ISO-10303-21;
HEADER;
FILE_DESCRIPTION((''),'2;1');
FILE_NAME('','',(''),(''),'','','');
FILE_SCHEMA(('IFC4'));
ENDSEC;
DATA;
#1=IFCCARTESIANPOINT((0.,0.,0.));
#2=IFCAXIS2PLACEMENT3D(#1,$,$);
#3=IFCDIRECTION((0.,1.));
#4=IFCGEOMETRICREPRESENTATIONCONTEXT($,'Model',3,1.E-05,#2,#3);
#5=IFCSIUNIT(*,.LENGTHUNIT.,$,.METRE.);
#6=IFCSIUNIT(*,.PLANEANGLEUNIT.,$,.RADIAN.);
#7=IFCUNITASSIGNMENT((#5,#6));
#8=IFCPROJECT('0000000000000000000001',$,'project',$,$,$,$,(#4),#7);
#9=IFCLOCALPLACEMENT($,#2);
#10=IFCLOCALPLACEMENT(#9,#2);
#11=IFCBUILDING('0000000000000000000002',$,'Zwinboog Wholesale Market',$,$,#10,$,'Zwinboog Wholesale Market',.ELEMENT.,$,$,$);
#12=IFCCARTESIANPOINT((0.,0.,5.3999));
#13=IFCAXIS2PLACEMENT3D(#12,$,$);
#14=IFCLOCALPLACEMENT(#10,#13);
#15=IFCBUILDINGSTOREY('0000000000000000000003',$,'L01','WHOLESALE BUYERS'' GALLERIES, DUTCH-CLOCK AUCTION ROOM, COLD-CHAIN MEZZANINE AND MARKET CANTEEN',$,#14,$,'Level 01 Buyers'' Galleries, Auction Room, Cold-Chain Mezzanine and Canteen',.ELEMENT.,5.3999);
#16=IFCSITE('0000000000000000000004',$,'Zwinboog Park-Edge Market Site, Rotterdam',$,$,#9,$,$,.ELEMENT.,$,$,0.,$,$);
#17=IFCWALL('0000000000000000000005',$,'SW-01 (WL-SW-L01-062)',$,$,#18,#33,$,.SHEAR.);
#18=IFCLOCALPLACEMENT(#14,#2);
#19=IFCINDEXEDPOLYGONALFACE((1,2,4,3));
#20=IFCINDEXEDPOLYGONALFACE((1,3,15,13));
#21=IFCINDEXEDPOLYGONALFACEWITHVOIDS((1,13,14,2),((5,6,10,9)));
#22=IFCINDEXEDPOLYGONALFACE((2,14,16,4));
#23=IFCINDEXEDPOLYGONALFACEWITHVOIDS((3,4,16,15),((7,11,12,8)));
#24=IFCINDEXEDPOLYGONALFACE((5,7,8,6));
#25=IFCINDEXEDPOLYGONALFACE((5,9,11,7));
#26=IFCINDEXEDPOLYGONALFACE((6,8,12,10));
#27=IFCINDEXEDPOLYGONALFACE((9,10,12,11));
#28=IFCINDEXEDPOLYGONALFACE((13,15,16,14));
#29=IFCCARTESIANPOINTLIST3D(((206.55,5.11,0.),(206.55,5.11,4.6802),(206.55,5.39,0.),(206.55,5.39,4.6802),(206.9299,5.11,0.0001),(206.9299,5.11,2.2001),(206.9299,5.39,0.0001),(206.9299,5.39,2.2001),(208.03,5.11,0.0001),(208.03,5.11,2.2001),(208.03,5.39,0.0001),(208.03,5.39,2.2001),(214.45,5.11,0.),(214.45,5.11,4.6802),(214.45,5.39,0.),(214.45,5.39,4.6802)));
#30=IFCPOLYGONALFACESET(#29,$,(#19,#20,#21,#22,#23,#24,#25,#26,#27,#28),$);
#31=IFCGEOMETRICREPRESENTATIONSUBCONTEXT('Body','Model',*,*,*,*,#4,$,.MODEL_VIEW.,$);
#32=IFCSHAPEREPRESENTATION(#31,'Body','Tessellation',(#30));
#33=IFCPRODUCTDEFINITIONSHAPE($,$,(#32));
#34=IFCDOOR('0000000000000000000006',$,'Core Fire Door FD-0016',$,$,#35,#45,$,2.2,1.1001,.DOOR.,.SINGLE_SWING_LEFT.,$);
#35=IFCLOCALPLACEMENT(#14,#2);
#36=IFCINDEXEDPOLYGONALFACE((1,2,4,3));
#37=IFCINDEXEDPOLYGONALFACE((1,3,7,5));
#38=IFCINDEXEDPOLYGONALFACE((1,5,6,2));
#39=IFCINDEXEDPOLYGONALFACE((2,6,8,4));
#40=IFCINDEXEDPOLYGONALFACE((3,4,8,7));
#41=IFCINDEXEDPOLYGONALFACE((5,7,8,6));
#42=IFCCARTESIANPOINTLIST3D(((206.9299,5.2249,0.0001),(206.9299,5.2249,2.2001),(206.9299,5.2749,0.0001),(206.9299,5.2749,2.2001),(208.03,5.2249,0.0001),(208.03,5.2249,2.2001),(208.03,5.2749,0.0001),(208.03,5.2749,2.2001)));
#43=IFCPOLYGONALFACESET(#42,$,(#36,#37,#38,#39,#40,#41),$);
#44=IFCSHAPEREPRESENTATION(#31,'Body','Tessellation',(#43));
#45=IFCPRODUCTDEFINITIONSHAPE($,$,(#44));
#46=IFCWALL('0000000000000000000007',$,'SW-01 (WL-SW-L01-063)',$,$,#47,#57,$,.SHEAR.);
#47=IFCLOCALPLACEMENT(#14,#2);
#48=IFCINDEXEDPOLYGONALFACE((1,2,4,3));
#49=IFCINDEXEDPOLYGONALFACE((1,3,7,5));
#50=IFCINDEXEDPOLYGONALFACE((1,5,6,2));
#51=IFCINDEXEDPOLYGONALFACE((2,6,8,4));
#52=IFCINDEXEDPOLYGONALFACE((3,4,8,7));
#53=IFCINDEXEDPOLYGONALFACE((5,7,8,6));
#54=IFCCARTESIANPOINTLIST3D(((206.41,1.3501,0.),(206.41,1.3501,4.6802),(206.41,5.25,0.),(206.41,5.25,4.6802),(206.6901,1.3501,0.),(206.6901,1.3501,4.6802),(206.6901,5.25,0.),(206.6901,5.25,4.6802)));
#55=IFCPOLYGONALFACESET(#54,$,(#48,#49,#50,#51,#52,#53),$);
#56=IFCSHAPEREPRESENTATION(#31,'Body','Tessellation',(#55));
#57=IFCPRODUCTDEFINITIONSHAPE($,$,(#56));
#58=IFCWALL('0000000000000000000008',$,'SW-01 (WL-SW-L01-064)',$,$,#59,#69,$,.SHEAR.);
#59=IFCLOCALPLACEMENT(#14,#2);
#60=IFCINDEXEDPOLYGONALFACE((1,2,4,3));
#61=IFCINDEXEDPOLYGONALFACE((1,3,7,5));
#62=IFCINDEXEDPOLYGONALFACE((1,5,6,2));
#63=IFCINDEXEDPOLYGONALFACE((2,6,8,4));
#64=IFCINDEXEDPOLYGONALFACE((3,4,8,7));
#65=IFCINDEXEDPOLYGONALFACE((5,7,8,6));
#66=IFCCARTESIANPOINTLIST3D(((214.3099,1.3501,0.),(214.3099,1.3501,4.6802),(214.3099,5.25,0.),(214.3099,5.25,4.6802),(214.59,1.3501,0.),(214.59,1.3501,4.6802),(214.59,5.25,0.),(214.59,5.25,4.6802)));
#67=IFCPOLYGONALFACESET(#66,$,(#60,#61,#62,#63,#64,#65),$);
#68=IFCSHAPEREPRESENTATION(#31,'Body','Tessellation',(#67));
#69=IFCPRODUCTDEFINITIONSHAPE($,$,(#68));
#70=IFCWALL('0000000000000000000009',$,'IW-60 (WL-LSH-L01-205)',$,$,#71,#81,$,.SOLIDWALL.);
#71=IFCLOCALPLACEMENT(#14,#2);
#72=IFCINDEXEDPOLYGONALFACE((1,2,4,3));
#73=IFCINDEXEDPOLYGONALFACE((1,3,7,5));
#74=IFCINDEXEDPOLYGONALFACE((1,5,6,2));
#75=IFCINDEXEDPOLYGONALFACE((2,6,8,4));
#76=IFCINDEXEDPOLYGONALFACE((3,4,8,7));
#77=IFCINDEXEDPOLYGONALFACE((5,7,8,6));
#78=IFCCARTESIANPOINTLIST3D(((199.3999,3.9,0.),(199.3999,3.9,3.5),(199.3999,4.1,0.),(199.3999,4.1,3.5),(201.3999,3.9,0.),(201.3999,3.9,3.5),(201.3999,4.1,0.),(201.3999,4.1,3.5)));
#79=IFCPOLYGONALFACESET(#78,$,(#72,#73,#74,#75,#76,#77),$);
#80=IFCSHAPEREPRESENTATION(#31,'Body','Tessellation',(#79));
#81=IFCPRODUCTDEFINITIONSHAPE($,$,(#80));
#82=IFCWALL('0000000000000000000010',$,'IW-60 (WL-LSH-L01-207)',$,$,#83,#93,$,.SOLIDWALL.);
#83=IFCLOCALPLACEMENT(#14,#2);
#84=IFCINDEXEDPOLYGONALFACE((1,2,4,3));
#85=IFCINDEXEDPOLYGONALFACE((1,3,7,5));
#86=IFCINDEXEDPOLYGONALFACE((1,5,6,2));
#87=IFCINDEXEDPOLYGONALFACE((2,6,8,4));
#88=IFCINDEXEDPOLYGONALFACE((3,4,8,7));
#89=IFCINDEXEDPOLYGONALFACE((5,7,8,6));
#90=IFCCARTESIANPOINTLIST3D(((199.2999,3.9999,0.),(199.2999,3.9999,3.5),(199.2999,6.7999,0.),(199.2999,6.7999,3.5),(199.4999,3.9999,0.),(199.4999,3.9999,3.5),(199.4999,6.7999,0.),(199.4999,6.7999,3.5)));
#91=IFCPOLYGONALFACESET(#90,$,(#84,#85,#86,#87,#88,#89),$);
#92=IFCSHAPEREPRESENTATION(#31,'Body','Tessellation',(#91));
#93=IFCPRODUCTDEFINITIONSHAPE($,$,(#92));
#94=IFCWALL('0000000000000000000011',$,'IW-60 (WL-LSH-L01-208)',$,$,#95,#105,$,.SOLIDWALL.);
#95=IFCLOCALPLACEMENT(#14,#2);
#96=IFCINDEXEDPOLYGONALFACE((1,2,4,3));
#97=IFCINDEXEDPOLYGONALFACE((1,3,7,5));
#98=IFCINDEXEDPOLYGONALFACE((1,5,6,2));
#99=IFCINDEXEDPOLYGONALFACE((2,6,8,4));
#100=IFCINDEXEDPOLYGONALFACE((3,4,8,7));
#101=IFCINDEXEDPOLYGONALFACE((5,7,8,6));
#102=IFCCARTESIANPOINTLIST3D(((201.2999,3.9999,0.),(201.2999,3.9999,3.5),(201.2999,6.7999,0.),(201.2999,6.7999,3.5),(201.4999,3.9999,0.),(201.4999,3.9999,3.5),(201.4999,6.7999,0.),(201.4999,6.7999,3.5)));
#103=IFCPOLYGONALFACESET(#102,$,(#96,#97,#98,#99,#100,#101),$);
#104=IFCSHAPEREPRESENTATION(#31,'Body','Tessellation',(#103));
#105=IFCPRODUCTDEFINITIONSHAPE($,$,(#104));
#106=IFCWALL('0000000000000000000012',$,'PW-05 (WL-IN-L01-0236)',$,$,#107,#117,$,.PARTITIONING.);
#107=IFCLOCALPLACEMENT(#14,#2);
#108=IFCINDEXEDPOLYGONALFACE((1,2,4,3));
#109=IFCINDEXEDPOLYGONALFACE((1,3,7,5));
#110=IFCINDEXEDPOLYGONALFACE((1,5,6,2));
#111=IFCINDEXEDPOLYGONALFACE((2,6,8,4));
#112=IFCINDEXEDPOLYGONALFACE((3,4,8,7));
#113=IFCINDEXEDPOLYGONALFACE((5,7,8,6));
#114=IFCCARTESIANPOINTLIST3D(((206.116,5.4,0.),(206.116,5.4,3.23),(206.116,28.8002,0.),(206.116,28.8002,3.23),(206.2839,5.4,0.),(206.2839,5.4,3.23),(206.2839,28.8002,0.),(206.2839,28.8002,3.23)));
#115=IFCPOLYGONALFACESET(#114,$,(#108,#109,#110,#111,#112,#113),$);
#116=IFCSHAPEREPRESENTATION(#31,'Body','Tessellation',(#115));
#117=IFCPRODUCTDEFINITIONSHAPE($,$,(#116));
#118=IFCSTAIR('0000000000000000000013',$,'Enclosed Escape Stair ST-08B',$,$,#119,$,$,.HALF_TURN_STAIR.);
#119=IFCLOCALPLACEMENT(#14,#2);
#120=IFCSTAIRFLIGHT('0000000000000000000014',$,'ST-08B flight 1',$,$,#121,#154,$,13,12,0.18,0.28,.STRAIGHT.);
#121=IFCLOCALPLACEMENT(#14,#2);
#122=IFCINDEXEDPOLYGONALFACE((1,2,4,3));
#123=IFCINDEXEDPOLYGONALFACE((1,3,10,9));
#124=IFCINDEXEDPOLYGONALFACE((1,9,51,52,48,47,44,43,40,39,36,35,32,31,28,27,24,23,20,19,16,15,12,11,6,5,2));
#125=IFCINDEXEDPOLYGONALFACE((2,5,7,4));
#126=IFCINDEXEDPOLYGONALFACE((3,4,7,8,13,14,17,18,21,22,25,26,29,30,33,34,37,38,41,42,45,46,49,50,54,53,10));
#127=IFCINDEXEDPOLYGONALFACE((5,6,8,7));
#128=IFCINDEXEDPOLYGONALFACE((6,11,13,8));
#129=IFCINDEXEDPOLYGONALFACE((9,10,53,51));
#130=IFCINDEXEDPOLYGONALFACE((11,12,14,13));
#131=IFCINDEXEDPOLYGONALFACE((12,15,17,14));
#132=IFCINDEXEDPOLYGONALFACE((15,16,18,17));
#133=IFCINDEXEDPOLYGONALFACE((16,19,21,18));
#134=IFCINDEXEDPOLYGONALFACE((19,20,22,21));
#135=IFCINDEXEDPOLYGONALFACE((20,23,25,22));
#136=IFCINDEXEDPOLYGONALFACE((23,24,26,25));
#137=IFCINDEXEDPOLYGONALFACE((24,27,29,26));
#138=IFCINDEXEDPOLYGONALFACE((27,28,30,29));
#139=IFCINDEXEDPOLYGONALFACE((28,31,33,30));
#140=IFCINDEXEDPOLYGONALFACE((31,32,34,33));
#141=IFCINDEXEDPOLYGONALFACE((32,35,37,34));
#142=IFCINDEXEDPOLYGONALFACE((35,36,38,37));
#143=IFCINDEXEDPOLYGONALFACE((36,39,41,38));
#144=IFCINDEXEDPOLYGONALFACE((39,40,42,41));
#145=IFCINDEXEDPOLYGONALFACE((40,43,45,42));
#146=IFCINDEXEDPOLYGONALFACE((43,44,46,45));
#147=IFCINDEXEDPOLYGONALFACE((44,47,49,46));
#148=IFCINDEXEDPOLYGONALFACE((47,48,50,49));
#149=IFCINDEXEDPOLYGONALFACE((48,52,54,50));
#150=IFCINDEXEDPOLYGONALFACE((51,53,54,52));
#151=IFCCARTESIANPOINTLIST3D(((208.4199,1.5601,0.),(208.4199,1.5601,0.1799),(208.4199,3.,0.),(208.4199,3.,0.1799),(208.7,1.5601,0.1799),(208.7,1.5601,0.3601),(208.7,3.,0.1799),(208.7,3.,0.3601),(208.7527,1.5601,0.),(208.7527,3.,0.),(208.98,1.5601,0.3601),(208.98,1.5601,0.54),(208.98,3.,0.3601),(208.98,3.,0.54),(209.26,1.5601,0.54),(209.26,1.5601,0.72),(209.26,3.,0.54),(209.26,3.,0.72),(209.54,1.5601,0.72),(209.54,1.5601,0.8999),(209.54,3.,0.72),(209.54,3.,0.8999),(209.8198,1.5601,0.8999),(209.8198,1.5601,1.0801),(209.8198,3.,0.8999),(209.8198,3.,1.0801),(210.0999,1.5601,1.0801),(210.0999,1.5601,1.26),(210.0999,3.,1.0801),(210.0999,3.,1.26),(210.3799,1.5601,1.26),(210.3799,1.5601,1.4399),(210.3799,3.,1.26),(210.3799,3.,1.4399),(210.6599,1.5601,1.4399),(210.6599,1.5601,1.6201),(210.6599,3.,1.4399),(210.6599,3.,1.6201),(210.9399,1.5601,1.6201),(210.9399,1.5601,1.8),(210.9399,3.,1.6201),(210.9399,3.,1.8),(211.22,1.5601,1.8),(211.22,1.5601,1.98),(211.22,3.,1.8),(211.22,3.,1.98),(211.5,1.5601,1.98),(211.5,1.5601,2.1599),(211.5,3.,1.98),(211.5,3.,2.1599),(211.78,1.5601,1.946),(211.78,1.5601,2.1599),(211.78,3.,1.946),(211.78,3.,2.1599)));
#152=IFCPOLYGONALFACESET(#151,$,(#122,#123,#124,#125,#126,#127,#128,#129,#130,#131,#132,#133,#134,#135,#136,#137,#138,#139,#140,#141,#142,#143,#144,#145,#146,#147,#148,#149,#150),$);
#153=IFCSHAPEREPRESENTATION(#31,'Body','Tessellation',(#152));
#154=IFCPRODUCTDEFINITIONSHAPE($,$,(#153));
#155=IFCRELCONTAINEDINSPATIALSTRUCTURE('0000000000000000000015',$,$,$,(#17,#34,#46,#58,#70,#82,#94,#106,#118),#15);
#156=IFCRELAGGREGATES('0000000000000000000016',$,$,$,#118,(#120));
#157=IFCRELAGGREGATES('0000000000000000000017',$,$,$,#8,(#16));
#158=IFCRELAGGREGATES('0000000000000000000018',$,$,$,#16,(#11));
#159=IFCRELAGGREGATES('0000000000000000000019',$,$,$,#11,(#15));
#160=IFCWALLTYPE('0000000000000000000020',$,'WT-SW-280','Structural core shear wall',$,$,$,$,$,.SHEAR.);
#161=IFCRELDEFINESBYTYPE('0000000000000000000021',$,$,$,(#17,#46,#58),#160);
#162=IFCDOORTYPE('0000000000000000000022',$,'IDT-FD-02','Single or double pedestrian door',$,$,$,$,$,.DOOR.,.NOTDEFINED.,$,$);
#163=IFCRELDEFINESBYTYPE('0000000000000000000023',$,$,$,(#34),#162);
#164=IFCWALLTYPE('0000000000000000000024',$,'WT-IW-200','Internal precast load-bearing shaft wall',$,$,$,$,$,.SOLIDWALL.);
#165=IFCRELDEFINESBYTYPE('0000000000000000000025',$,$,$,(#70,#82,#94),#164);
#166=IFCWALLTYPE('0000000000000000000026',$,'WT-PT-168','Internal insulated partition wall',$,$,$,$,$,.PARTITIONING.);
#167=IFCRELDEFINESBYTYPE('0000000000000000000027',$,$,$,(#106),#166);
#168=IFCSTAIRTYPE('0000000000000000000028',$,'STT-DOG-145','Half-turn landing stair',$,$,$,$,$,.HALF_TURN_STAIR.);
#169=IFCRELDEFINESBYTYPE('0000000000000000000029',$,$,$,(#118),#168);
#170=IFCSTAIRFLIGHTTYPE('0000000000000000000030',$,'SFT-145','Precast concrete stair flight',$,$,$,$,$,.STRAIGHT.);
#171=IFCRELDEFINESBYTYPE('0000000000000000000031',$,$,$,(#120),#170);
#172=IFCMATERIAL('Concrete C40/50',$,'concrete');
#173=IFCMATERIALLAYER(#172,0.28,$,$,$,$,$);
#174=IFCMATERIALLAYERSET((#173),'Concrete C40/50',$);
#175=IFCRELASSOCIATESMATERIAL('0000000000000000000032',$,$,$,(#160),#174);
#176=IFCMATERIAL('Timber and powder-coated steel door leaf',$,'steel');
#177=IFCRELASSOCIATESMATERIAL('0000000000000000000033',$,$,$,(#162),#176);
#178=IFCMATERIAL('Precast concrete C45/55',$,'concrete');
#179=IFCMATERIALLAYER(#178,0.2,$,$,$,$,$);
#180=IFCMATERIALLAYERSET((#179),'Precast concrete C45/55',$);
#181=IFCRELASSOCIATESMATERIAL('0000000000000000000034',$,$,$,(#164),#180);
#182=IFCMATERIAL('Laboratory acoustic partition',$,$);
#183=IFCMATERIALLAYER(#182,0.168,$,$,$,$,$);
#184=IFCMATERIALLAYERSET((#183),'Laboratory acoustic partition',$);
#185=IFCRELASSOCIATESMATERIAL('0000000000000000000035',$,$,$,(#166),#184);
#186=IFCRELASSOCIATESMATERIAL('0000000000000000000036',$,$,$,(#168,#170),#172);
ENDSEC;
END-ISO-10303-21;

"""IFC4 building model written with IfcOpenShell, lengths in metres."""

from ifc_helpers import new_model, si_unit, direction, frame, frame_2d, origin, place, context, subcontext, project, spatial, polyline, rectangle, outline, extrude, material, layer, layer_set, type_object, element, fill, aggregate, save


model = new_model("IFC4")

# Units and contexts
model_context = context("Model", 3, precision=1e-05, world=origin(), true_north=direction((0.0, 1.0)))
body_context = subcontext(model_context, "Body", "Model", "MODEL_VIEW")
ifc_project = project(units=[si_unit("LENGTHUNIT", "METRE"), si_unit("PLANEANGLEUNIT", "RADIAN")], contexts=[model_context])

# Site, building, storey
site_placement = place(None, origin())
site = spatial("IfcSite", under=ifc_project, at=site_placement, Name="Zwinboog Park-Edge Market Site, Rotterdam", CompositionType="ELEMENT", RefElevation=0.0)
building_placement = place(site_placement, origin())
building = spatial("IfcBuilding", under=site, at=building_placement, Name="Zwinboog Wholesale Market", LongName="Zwinboog Wholesale Market", CompositionType="ELEMENT")
storey_placement = place(building_placement, frame((0.0, 0.0, 5.3999)))
storey = spatial("IfcBuildingStorey", under=building, at=storey_placement, Name="L01", Description="WHOLESALE BUYERS' GALLERIES, DUTCH-CLOCK AUCTION ROOM, COLD-CHAIN MEZZANINE AND MARKET CANTEEN", LongName="Level 01 Buyers' Galleries, Auction Room, Cold-Chain Mezzanine and Canteen", CompositionType="ELEMENT", Elevation=5.3999)

# Shared definitions
ifc_material_1 = material(Name="Precast concrete C45/55", Category="concrete")

# Shared definitions
ifc_material_2 = material(Name="Concrete C40/50", Category="concrete")
ifc_layer_1 = layer(ifc_material_2, 0.28)
ifc_layer_set_1 = layer_set([ifc_layer_1], Name="Concrete C40/50")
wall_type_1 = type_object("IfcWallType", Name="WT-SW-280", Description="Structural core shear wall", PredefinedType="SHEAR", material=ifc_layer_set_1)

# Wall, opening, door
wall_1_placement = place(storey_placement, frame((206.55, 5.25, 0.0), z_axis=(0.0, 0.0, 1.0), x_axis=(1.0, 0.0, 0.0)))
wall_1 = element("IfcWall", 1, at=wall_1_placement, inside=storey, type_object=wall_type_1, Name="SW-01 (WL-SW-L01-062)", PredefinedType="SHEAR", context=body_context, shape_type="SweptSolid", body=[
    extrude(rectangle(XDim=7.8999, YDim=0.28, at=frame_2d((3.95, 0.0))), origin(), (0.0, 0.0, 1.0), 4.6802),
])
opening_1_placement = place(wall_1_placement, frame((0.3799, 0.0, 0.0)))
opening_1 = element("IfcOpeningElement", 2, at=opening_1_placement, cuts=wall_1, PredefinedType="OPENING", context=body_context, shape_type="SweptSolid", body=[
    extrude(rectangle(XDim=1.1001, YDim=2.2, at=frame_2d((0.55, 1.1001))), frame((0.0, 0.1499, 0.0), z_axis=(0.0, -1.0, 0.0), x_axis=(1.0, 0.0, 0.0)), (0.0, 0.0, 1.0), 0.3),
])
ifc_material_3 = material(Name="Timber and powder-coated steel door leaf", Category="steel")
door_type = type_object("IfcDoorType", Name="IDT-FD-02", Description="Single or double pedestrian door", OperationType="NOTDEFINED", PredefinedType="DOOR", material=ifc_material_3)
door_placement = place(opening_1_placement, origin())
door = element("IfcDoor", 3, at=door_placement, inside=storey, type_object=door_type, Name="Core Fire Door FD-0016", OperationType="SINGLE_SWING_LEFT", OverallHeight=2.2, OverallWidth=1.1001, PredefinedType="DOOR", context=body_context, shape_type="SweptSolid", body=[
    extrude(rectangle(XDim=1.1001, YDim=2.2, at=frame_2d((0.55, 1.1001))), frame((0.0, 0.0249, 0.0), z_axis=(0.0, -1.0, 0.0), x_axis=(1.0, 0.0, 0.0)), (0.0, 0.0, 1.0), 0.05),
])
fill(opening_1, door)

# Walls
for number, where, z_axis, x_axis, name in (
    (4, (206.55, 1.3501, 0.0), (0.0, 0.0, 1.0), (0.0, 1.0, 0.0), "SW-01 (WL-SW-L01-063)"),
    (5, (214.45, 1.3501, 0.0), (0.0, 0.0, 1.0), (0.0, 1.0, 0.0), "SW-01 (WL-SW-L01-064)"),
):
    element("IfcWall", number, at=place(storey_placement, frame(where, z_axis=z_axis, x_axis=x_axis)), inside=storey, type_object=wall_type_1, Name=name, PredefinedType="SHEAR", context=body_context, shape_type="SweptSolid", body=[
        extrude(rectangle(XDim=3.8999, YDim=0.28, at=frame_2d((1.95, 0.0))), origin(), (0.0, 0.0, 1.0), 4.6802),
    ])
ifc_layer_2 = layer(ifc_material_1, 0.2)
ifc_layer_set_2 = layer_set([ifc_layer_2], Name="Precast concrete C45/55")
wall_type_2 = type_object("IfcWallType", Name="WT-IW-200", Description="Internal precast load-bearing shaft wall", PredefinedType="SOLIDWALL", material=ifc_layer_set_2)
wall_2_placement = place(storey_placement, frame((199.3999, 4.0, 0.0), z_axis=(0.0, 0.0, 1.0), x_axis=(1.0, 0.0, 0.0)))
element("IfcWall", 6, at=wall_2_placement, inside=storey, type_object=wall_type_2, Name="IW-60 (WL-LSH-L01-205)", PredefinedType="SOLIDWALL", context=body_context, shape_type="SweptSolid", body=[
    extrude(rectangle(XDim=2.0, YDim=0.2, at=frame_2d((1.0, 0.0))), origin(), (0.0, 0.0, 1.0), 3.5),
])
for number, where, z_axis, x_axis, name in (
    (7, (199.3999, 4.0, 0.0), (0.0, 0.0, 1.0), (0.0, 1.0, 0.0), "IW-60 (WL-LSH-L01-207)"),
    (8, (201.3999, 4.0, 0.0), (0.0, 0.0, 1.0), (0.0, 1.0, 0.0), "IW-60 (WL-LSH-L01-208)"),
):
    element("IfcWall", number, at=place(storey_placement, frame(where, z_axis=z_axis, x_axis=x_axis)), inside=storey, type_object=wall_type_2, Name=name, PredefinedType="SOLIDWALL", context=body_context, shape_type="SweptSolid", body=[
        extrude(rectangle(XDim=2.8, YDim=0.2, at=frame_2d((1.3999, 0.0))), origin(), (0.0, 0.0, 1.0), 3.5),
    ])
ifc_material_4 = material(Name="Laboratory acoustic partition")
ifc_layer_3 = layer(ifc_material_4, 0.168)
ifc_layer_set_3 = layer_set([ifc_layer_3], Name="Laboratory acoustic partition")
wall_type_3 = type_object("IfcWallType", Name="WT-PT-168", Description="Internal insulated partition wall", PredefinedType="PARTITIONING", material=ifc_layer_set_3)
wall_3_placement = place(storey_placement, frame((206.2, 5.3999, 0.0), z_axis=(0.0, 0.0, 1.0), x_axis=(0.0, 1.0, 0.0)))
element("IfcWall", 9, at=wall_3_placement, inside=storey, type_object=wall_type_3, Name="PW-05 (WL-IN-L01-0236)", PredefinedType="PARTITIONING", context=body_context, shape_type="SweptSolid", body=[
    extrude(rectangle(XDim=23.4001, YDim=0.168, at=frame_2d((11.7002, 0.0))), origin(), (0.0, 0.0, 1.0), 3.23),
])

# Stair, stair flight
stair_type = type_object("IfcStairType", Name="STT-DOG-145", Description="Half-turn landing stair", PredefinedType="HALF_TURN_STAIR", material=ifc_material_2)
stair_placement = place(storey_placement, origin())
stair = element("IfcStair", 10, at=stair_placement, inside=storey, type_object=stair_type, Name="Enclosed Escape Stair ST-08B", PredefinedType="HALF_TURN_STAIR")
stair_flight_type = type_object("IfcStairFlightType", Name="SFT-145", Description="Precast concrete stair flight", PredefinedType="STRAIGHT", material=ifc_material_2)
stair_flight_1_placement = place(storey_placement, frame((208.4199, 2.28, 0.0), z_axis=(0.0, 0.0, 1.0), x_axis=(1.0, 0.0, 0.0)))
stair_flight_1 = element("IfcStairFlight", 11, at=stair_flight_1_placement, type_object=stair_flight_type, Name="ST-08B flight 1", NumberOfRisers=13, NumberOfTreads=12, PredefinedType="STRAIGHT", RiserHeight=0.18, TreadLength=0.28, context=body_context, shape_type="SweptSolid", body=[
    extrude(outline(polyline([(0.0, 0.0), (0.0, 0.1799), (0.28, 0.1799), (0.28, 0.3601), (0.5601, 0.3601), (0.5601, 0.54), (0.8401, 0.54), (0.8401, 0.72), (1.1201, 0.72), (1.1201, 0.8999), (1.3999, 0.8999), (1.3999, 1.0801), (1.6799, 1.0801), (1.6799, 1.26), (1.96, 1.26), (1.96, 1.4399), (2.24, 1.4399), (2.24, 1.6201), (2.52, 1.6201), (2.52, 1.8), (2.8, 1.8), (2.8, 1.98), (3.0801, 1.98), (3.0801, 2.1599), (3.3601, 2.1599), (3.3601, 2.3401), (3.3601, 1.946), (0.3328, 0.0), (0.0, 0.0)])), frame((0.0, 0.72, 0.0), z_axis=(0.0, -1.0, 0.0), x_axis=(1.0, 0.0, 0.0)), (0.0, 0.0, 1.0), 1.4399),
])
aggregate(stair, [stair_flight_1])

save(model, "model.ifc")
